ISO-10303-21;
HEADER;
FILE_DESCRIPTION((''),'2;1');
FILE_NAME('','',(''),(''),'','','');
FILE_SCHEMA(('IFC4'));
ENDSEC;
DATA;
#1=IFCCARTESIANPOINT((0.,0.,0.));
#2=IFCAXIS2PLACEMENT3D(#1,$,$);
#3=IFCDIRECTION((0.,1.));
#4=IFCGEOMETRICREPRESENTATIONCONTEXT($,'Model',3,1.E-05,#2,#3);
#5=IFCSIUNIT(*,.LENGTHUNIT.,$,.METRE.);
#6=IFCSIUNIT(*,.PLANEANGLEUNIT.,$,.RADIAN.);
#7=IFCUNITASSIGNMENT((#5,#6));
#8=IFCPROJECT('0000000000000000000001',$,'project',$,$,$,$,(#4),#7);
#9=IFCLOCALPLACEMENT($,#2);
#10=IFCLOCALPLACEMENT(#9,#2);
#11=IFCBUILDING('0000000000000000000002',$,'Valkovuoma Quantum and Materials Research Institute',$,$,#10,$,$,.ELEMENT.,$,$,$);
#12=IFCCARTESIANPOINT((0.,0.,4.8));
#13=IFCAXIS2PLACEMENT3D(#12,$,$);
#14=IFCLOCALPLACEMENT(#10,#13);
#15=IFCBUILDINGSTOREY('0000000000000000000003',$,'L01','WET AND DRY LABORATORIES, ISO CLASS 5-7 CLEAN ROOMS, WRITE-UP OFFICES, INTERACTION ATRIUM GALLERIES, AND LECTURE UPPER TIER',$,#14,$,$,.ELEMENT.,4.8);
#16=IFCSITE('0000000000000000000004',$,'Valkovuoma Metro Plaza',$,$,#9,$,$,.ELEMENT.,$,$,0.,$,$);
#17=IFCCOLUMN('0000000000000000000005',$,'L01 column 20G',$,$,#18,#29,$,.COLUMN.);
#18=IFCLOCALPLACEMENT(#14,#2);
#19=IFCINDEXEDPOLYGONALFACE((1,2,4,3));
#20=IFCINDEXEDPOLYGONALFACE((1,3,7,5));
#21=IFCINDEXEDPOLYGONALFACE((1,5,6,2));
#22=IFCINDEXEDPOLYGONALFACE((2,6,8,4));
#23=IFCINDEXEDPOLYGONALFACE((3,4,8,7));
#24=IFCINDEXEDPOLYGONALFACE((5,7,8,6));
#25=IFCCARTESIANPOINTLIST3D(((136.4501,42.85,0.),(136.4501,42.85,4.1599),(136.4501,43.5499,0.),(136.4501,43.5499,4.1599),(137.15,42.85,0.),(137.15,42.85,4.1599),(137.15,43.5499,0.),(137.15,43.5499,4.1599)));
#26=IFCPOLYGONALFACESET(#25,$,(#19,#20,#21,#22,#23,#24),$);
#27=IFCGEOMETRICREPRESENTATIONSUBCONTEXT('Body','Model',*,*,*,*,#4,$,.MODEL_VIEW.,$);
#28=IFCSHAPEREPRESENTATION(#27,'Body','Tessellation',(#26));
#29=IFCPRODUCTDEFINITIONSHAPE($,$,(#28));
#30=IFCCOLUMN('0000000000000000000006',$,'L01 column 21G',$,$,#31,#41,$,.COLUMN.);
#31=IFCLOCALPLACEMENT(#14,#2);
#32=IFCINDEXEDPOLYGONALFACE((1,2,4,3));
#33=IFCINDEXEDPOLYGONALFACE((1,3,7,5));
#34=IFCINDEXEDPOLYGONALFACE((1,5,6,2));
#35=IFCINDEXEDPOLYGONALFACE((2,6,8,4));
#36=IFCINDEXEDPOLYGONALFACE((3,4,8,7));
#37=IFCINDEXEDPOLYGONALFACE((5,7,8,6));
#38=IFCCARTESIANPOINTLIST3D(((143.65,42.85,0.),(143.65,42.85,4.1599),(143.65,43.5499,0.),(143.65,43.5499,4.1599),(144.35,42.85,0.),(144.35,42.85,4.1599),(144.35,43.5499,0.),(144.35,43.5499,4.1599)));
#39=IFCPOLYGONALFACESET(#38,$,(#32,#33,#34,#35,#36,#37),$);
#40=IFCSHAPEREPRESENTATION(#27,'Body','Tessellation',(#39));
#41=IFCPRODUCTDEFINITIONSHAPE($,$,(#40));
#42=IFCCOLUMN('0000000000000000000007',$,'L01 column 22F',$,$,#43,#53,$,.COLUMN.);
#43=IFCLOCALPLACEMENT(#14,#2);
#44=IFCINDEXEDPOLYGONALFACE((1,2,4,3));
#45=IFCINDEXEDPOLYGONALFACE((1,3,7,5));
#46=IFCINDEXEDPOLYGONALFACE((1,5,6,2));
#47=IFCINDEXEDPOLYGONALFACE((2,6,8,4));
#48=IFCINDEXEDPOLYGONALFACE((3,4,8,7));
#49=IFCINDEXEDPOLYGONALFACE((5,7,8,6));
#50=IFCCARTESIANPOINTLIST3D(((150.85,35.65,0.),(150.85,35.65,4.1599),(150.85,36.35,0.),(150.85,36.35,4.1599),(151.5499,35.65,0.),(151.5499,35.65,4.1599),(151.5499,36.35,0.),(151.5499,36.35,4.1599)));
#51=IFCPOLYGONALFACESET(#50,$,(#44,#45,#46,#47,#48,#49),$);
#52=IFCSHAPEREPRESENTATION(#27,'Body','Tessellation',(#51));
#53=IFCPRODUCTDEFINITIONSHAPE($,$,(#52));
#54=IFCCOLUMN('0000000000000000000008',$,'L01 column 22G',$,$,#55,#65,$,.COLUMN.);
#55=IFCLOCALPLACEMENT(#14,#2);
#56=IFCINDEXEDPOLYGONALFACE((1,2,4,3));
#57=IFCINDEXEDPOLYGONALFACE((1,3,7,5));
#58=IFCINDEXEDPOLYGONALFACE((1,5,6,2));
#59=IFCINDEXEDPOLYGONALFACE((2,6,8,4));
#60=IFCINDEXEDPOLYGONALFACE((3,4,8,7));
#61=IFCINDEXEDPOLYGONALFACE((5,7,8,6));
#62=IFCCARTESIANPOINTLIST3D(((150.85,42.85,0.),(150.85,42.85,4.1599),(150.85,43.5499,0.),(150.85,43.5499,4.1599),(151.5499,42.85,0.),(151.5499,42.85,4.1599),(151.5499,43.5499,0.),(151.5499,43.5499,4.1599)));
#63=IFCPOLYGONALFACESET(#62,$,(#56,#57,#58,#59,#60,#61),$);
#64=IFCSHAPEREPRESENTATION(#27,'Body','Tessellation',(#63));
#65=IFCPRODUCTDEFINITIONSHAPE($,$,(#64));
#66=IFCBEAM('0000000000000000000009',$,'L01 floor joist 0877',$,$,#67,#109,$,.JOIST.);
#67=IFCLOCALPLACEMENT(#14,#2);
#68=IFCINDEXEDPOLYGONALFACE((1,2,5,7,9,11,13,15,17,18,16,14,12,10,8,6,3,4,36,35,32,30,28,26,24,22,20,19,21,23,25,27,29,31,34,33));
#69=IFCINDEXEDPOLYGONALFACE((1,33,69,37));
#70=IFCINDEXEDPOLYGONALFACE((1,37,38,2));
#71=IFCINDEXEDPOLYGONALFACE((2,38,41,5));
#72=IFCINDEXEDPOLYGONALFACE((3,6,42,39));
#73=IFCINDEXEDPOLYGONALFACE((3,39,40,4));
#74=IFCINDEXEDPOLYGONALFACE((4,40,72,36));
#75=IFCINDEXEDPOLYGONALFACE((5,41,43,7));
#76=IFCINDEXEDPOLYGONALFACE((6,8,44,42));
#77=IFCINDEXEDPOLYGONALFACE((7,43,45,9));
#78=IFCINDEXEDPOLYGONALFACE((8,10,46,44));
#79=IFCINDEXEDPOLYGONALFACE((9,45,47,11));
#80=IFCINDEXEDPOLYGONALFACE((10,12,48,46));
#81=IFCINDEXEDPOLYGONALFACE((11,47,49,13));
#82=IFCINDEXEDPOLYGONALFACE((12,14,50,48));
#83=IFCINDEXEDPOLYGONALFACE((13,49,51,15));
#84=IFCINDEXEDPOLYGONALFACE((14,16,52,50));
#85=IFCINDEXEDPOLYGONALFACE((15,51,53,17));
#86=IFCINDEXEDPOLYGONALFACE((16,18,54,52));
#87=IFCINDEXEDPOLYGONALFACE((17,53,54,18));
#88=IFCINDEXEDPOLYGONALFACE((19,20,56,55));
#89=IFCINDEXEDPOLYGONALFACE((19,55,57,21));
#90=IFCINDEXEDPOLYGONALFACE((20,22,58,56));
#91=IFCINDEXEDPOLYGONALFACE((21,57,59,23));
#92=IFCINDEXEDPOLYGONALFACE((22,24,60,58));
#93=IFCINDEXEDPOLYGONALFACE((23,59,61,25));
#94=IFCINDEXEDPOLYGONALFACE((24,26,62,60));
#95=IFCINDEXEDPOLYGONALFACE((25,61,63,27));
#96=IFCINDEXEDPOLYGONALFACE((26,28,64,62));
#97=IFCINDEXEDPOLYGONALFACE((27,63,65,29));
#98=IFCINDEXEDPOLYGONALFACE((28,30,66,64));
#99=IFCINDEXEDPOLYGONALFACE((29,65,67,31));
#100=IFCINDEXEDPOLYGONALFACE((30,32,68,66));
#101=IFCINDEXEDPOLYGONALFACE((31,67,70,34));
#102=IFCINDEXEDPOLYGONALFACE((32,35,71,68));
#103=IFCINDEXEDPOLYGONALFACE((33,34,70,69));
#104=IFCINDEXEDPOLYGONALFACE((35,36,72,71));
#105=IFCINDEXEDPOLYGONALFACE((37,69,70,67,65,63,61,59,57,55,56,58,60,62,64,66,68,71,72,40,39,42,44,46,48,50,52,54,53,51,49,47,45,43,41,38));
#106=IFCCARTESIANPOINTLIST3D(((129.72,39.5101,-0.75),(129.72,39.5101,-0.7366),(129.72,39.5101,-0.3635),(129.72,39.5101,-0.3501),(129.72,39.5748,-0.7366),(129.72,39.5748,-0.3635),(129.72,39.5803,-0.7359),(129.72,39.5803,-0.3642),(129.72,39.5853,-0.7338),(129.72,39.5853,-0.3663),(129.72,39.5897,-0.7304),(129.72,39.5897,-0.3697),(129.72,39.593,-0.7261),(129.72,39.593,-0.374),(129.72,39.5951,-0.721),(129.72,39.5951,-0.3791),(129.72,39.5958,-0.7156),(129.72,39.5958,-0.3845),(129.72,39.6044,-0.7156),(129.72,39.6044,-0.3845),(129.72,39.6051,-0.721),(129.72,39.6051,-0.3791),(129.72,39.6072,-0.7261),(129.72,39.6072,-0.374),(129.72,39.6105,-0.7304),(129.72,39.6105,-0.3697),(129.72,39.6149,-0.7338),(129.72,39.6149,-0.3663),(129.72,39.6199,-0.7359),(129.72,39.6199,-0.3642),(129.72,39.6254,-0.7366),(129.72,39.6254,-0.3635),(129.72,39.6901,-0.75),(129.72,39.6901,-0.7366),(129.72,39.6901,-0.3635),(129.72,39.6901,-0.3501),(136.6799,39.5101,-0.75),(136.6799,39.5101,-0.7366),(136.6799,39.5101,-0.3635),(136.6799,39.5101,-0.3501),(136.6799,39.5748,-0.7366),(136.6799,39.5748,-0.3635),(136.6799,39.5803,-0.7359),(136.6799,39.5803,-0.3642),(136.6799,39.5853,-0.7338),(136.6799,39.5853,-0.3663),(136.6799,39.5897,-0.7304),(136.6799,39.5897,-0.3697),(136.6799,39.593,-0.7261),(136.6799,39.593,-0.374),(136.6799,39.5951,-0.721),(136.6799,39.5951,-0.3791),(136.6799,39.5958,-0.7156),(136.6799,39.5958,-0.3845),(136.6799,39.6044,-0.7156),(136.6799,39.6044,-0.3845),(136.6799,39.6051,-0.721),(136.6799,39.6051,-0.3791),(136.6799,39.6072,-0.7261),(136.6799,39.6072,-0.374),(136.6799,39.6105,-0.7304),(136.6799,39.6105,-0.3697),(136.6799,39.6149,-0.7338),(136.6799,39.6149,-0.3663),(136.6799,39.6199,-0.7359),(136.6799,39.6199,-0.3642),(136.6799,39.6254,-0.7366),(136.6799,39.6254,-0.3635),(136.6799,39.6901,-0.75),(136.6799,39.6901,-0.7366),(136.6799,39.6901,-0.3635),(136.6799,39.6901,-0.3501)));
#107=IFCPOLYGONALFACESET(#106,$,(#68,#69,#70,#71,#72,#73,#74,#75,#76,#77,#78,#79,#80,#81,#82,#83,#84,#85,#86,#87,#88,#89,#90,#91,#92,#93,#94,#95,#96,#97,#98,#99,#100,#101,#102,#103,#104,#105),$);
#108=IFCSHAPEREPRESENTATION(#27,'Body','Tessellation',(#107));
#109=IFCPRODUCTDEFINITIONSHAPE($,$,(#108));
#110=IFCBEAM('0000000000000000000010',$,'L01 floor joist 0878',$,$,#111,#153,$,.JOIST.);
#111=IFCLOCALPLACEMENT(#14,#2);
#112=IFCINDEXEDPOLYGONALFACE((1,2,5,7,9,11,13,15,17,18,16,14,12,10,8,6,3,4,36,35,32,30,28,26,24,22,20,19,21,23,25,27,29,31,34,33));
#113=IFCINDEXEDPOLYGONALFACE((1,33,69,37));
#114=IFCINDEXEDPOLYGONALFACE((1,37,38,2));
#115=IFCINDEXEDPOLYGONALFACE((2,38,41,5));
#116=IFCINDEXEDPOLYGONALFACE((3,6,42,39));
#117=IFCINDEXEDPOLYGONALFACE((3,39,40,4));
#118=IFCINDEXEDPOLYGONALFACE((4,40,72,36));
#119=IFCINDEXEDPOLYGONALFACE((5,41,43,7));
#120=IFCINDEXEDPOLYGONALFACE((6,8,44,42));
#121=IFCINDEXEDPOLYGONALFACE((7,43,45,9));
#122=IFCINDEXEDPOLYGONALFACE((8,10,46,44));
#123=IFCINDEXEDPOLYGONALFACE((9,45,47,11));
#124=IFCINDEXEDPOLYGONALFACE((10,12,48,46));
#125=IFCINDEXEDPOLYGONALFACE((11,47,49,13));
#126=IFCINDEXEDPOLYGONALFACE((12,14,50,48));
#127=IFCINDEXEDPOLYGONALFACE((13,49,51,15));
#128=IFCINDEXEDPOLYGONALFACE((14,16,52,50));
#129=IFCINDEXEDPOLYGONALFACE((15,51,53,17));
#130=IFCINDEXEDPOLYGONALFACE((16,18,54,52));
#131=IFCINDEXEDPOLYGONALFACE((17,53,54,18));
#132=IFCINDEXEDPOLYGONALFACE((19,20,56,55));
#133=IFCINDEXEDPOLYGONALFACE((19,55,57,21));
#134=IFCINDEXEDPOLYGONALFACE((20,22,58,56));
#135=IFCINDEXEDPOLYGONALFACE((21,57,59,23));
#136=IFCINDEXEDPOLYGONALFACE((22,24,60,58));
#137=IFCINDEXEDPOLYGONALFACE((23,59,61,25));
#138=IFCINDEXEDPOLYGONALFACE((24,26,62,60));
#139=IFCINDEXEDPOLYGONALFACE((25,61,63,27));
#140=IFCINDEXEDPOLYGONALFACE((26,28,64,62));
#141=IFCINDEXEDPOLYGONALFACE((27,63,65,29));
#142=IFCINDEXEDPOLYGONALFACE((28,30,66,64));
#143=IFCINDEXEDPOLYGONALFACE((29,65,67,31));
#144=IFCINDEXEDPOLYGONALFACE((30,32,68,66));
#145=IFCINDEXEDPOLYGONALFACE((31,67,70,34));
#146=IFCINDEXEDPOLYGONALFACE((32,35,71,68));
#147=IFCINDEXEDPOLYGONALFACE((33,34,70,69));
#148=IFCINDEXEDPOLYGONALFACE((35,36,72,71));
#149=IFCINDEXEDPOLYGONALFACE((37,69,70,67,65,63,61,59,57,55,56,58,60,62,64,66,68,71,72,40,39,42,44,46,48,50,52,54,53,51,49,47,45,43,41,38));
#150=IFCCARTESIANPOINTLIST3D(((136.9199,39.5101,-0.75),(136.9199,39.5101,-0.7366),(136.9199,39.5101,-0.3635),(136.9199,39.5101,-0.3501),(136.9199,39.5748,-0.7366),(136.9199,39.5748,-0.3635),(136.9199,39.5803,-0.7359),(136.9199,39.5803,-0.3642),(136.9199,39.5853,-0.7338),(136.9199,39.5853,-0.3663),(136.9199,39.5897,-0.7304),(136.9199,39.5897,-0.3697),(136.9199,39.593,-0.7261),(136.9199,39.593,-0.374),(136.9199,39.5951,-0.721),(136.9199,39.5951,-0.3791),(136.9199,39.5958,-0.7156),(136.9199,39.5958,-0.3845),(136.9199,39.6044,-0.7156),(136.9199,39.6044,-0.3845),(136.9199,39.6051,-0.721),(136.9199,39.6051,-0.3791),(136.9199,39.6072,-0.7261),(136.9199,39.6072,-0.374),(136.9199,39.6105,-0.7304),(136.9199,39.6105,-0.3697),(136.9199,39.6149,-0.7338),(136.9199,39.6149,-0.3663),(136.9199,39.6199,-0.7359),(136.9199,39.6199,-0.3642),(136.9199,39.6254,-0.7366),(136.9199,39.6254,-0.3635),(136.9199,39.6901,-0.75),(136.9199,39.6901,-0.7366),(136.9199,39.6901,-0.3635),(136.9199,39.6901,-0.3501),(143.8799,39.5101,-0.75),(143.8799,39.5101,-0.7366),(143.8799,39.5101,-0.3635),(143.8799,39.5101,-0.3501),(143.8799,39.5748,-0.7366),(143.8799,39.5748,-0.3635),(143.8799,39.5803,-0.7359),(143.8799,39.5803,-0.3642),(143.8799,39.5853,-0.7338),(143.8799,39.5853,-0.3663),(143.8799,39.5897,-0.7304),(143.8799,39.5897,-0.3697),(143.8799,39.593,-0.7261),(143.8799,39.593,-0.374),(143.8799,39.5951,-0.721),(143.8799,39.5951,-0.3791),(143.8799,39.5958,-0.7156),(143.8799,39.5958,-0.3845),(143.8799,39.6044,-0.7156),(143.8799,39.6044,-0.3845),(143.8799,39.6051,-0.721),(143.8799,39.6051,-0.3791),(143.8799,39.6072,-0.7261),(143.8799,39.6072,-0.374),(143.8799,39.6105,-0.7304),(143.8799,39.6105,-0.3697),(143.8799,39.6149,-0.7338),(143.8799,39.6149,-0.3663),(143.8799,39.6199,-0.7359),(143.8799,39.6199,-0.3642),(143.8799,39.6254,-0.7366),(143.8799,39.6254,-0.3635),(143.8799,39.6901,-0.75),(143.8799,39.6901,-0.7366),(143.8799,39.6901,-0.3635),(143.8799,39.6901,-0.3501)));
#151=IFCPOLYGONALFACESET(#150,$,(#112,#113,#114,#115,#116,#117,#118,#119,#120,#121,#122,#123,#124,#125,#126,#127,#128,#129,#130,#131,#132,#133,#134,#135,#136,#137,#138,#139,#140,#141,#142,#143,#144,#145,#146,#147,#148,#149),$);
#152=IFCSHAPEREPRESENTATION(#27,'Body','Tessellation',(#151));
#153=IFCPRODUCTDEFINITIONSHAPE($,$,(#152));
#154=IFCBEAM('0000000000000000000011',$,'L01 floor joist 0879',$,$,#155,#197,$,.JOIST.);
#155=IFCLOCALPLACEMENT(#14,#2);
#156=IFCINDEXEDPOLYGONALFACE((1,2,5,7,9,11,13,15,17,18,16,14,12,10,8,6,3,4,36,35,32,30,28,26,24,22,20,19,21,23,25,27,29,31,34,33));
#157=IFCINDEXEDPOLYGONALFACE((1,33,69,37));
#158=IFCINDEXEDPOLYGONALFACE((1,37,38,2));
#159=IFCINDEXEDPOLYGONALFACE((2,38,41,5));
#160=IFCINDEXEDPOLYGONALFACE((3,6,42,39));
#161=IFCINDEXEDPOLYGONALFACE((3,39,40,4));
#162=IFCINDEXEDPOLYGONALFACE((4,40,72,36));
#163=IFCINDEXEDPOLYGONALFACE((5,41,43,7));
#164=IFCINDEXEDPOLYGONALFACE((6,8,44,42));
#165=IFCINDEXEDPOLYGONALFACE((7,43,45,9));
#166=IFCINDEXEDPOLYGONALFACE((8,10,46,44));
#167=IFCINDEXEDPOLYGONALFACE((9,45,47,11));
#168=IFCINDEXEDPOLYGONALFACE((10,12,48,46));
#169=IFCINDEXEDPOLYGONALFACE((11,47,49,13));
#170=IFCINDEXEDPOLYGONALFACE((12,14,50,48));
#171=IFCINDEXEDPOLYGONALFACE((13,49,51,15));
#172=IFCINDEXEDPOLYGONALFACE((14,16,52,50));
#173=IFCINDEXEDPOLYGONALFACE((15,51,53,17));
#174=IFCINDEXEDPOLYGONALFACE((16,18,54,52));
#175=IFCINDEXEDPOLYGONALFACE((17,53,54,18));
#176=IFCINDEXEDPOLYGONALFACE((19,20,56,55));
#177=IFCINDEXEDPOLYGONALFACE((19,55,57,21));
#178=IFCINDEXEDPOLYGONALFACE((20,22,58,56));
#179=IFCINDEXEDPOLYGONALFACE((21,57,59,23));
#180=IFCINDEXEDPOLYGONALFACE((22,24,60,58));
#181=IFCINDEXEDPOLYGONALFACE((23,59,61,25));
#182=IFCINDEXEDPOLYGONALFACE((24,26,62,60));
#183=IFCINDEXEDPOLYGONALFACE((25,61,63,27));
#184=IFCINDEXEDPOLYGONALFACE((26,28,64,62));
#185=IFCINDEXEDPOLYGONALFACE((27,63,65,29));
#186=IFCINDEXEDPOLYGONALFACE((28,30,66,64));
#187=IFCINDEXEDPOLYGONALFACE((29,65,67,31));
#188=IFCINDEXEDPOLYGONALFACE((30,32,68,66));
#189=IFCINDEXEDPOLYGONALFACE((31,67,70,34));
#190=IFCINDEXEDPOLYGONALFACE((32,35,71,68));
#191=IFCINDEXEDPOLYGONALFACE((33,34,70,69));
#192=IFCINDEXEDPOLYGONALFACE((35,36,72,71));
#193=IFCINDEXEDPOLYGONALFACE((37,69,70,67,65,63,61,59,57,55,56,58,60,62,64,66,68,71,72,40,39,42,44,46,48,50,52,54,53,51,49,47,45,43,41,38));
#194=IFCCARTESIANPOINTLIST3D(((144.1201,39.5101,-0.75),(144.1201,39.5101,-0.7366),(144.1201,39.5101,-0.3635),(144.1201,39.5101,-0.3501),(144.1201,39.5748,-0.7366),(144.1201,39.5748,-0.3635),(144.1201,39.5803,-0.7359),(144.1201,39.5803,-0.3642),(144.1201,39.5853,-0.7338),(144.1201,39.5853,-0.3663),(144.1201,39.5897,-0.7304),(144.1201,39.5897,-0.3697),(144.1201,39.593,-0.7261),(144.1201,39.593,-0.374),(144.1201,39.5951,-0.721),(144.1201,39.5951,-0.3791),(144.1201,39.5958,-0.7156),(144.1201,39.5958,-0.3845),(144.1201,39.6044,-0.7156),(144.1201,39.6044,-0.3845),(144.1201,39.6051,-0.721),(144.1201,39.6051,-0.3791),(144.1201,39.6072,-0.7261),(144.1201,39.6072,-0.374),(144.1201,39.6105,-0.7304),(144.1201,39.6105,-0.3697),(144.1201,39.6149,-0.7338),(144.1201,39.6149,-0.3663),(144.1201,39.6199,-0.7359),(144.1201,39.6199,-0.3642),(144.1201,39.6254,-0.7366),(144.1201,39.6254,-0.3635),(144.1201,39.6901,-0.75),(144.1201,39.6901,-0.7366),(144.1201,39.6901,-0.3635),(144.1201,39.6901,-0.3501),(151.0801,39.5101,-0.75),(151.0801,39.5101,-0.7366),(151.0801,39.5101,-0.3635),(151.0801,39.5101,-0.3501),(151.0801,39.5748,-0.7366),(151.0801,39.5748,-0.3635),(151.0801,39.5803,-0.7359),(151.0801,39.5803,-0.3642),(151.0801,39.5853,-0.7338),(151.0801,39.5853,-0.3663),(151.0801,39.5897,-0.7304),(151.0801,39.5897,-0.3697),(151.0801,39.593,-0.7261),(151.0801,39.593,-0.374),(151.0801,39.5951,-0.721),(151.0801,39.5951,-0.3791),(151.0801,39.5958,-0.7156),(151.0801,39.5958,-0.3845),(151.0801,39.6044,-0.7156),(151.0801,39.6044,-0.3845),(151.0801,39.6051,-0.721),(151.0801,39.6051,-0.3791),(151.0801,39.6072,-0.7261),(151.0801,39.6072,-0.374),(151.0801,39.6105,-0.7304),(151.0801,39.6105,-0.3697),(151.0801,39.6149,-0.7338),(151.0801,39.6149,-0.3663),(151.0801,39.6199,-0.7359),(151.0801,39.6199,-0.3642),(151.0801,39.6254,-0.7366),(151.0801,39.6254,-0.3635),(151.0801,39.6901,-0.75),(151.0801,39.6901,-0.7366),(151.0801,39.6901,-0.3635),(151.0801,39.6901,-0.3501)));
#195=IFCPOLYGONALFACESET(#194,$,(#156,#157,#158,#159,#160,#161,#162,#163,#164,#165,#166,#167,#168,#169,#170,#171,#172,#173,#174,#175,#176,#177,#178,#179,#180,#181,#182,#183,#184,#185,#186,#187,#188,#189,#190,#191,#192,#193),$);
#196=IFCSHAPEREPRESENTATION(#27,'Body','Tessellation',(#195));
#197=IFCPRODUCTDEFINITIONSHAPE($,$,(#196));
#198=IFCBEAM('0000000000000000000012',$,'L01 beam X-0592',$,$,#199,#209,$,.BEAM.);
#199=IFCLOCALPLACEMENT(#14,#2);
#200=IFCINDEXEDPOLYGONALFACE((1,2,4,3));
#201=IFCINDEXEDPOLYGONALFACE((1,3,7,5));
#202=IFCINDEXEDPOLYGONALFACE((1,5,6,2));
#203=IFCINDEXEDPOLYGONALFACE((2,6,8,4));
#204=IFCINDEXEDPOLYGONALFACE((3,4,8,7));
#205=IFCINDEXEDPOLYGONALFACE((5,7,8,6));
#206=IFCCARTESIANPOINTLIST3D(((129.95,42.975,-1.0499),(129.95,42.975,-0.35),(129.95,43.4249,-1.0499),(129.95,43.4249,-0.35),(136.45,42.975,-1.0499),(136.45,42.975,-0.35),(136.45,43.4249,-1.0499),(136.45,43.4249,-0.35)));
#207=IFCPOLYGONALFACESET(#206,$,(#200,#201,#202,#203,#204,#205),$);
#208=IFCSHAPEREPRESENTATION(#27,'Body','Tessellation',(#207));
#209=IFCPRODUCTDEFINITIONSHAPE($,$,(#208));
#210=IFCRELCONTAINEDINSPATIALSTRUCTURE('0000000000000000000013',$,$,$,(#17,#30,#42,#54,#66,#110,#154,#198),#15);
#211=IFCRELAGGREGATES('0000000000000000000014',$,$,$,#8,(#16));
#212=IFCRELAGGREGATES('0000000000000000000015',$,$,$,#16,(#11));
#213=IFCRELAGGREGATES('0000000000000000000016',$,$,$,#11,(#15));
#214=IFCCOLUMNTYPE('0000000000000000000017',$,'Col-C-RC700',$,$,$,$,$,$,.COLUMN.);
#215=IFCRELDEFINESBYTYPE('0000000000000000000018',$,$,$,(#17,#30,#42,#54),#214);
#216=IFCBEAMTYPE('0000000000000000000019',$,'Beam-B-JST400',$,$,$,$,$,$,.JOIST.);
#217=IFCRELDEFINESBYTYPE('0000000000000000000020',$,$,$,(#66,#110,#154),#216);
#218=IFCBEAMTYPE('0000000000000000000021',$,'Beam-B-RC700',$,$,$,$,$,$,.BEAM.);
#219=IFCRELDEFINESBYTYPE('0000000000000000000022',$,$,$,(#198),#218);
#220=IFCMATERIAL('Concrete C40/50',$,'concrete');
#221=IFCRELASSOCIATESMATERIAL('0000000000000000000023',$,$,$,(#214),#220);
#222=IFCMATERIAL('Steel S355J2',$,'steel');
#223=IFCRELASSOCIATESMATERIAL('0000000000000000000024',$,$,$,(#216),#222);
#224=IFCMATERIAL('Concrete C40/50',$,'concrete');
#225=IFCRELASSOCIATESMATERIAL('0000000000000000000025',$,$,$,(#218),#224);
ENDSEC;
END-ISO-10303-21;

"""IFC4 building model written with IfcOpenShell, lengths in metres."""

from ifc_helpers import new_model, si_unit, direction, frame, origin, origin_2d, place, context, subcontext, project, spatial, rectangle, i_section, extrude, material, material_profile, profile_set, type_object, element, save


model = new_model("IFC4")

# Units and contexts
model_context = context("Model", 3, precision=1e-05, world=origin(), true_north=direction((0.0, 1.0)))
body_context = subcontext(model_context, "Body", "Model", "MODEL_VIEW")
ifc_project = project(units=[si_unit("LENGTHUNIT", "METRE"), si_unit("PLANEANGLEUNIT", "RADIAN")], contexts=[model_context])

# Site, building, storey
site_placement = place(None, origin())
site = spatial("IfcSite", under=ifc_project, at=site_placement, Name="Valkovuoma Metro Plaza", CompositionType="ELEMENT", RefElevation=0.0)
building_placement = place(site_placement, origin())
building = spatial("IfcBuilding", under=site, at=building_placement, Name="Valkovuoma Quantum and Materials Research Institute", CompositionType="ELEMENT")
storey_placement = place(building_placement, frame((0.0, 0.0, 4.8)))
storey = spatial("IfcBuildingStorey", under=building, at=storey_placement, Name="L01", Description="WET AND DRY LABORATORIES, ISO CLASS 5-7 CLEAN ROOMS, WRITE-UP OFFICES, INTERACTION ATRIUM GALLERIES, AND LECTURE UPPER TIER", CompositionType="ELEMENT", Elevation=4.8)

# Columns
ifc_material_1 = material(Name="Concrete C40/50", Category="concrete")
ifc_material_profile_1 = material_profile(ifc_material_1, rectangle(XDim=0.7, YDim=0.7, at=origin_2d()), Name="Concrete C40/50")
ifc_profile_set_1 = profile_set([ifc_material_profile_1], Name="Concrete C40/50")
column_type = type_object("IfcColumnType", Name="Col-C-RC700", PredefinedType="COLUMN", material=ifc_profile_set_1)
for number, where, z_axis, x_axis, name in (
    (1, (136.8, 43.2, 0.0), (0.0, 0.0, 1.0), (1.0, 0.0, 0.0), "L01 column 20G"),
    (2, (144.0, 43.2, 0.0), (0.0, 0.0, 1.0), (1.0, 0.0, 0.0), "L01 column 21G"),
    (3, (151.2, 36.0, 0.0), (0.0, 0.0, 1.0), (1.0, 0.0, 0.0), "L01 column 22F"),
    (4, (151.2, 43.2, 0.0), (0.0, 0.0, 1.0), (1.0, 0.0, 0.0), "L01 column 22G"),
):
    element("IfcColumn", number, at=place(storey_placement, frame(where, z_axis=z_axis, x_axis=x_axis)), inside=storey, type_object=column_type, Name=name, PredefinedType="COLUMN", context=body_context, shape_type="SweptSolid", body=[
        extrude(rectangle(XDim=0.7, YDim=0.7, at=origin_2d()), origin(), (0.0, 0.0, 1.0), 4.1599),
    ])

# Beams
ifc_material_2 = material(Name="Steel S355J2", Category="steel")
ifc_material_profile_2 = material_profile(ifc_material_2, i_section(OverallWidth=0.1799, OverallDepth=0.3999, WebThickness=0.0085, FlangeThickness=0.0134, FilletRadius=0.021, at=origin_2d()), Name="Steel S355J2")
ifc_profile_set_2 = profile_set([ifc_material_profile_2], Name="Steel S355J2")
beam_type_1 = type_object("IfcBeamType", Name="Beam-B-JST400", PredefinedType="JOIST", material=ifc_profile_set_2)
for number, where, z_axis, x_axis, name in (
    (5, (129.72, 39.6001, -0.55), (1.0, 0.0, 0.0), (0.0, 1.0, 0.0), "L01 floor joist 0877"),
    (6, (136.9199, 39.6001, -0.55), (1.0, 0.0, 0.0), (0.0, 1.0, 0.0), "L01 floor joist 0878"),
    (7, (144.1201, 39.6001, -0.55), (1.0, 0.0, 0.0), (0.0, 1.0, 0.0), "L01 floor joist 0879"),
):
    element("IfcBeam", number, at=place(storey_placement, frame(where, z_axis=z_axis, x_axis=x_axis)), inside=storey, type_object=beam_type_1, Name=name, PredefinedType="JOIST", context=body_context, shape_type="SweptSolid", body=[
        extrude(i_section(OverallWidth=0.1799, OverallDepth=0.3999, WebThickness=0.0085, FlangeThickness=0.0134, FilletRadius=0.021, at=origin_2d()), origin(), (0.0, 0.0, 1.0), 6.96),
    ])
ifc_material_3 = material(Name="Concrete C40/50", Category="concrete")
ifc_material_profile_3 = material_profile(ifc_material_3, rectangle(XDim=0.45, YDim=0.7, at=origin_2d()), Name="Concrete C40/50")
ifc_profile_set_3 = profile_set([ifc_material_profile_3], Name="Concrete C40/50")
beam_type_2 = type_object("IfcBeamType", Name="Beam-B-RC700", PredefinedType="BEAM", material=ifc_profile_set_3)
for number, where, z_axis, x_axis, name in (
    (8, (129.95, 43.2, -0.7), (1.0, 0.0, 0.0), (0.0, 1.0, 0.0), "L01 beam X-0592"),
):
    element("IfcBeam", number, at=place(storey_placement, frame(where, z_axis=z_axis, x_axis=x_axis)), inside=storey, type_object=beam_type_2, Name=name, PredefinedType="BEAM", context=body_context, shape_type="SweptSolid", body=[
        extrude(rectangle(XDim=0.45, YDim=0.7, at=origin_2d()), origin(), (0.0, 0.0, 1.0), 6.5),
    ])

save(model, "model.ifc")
